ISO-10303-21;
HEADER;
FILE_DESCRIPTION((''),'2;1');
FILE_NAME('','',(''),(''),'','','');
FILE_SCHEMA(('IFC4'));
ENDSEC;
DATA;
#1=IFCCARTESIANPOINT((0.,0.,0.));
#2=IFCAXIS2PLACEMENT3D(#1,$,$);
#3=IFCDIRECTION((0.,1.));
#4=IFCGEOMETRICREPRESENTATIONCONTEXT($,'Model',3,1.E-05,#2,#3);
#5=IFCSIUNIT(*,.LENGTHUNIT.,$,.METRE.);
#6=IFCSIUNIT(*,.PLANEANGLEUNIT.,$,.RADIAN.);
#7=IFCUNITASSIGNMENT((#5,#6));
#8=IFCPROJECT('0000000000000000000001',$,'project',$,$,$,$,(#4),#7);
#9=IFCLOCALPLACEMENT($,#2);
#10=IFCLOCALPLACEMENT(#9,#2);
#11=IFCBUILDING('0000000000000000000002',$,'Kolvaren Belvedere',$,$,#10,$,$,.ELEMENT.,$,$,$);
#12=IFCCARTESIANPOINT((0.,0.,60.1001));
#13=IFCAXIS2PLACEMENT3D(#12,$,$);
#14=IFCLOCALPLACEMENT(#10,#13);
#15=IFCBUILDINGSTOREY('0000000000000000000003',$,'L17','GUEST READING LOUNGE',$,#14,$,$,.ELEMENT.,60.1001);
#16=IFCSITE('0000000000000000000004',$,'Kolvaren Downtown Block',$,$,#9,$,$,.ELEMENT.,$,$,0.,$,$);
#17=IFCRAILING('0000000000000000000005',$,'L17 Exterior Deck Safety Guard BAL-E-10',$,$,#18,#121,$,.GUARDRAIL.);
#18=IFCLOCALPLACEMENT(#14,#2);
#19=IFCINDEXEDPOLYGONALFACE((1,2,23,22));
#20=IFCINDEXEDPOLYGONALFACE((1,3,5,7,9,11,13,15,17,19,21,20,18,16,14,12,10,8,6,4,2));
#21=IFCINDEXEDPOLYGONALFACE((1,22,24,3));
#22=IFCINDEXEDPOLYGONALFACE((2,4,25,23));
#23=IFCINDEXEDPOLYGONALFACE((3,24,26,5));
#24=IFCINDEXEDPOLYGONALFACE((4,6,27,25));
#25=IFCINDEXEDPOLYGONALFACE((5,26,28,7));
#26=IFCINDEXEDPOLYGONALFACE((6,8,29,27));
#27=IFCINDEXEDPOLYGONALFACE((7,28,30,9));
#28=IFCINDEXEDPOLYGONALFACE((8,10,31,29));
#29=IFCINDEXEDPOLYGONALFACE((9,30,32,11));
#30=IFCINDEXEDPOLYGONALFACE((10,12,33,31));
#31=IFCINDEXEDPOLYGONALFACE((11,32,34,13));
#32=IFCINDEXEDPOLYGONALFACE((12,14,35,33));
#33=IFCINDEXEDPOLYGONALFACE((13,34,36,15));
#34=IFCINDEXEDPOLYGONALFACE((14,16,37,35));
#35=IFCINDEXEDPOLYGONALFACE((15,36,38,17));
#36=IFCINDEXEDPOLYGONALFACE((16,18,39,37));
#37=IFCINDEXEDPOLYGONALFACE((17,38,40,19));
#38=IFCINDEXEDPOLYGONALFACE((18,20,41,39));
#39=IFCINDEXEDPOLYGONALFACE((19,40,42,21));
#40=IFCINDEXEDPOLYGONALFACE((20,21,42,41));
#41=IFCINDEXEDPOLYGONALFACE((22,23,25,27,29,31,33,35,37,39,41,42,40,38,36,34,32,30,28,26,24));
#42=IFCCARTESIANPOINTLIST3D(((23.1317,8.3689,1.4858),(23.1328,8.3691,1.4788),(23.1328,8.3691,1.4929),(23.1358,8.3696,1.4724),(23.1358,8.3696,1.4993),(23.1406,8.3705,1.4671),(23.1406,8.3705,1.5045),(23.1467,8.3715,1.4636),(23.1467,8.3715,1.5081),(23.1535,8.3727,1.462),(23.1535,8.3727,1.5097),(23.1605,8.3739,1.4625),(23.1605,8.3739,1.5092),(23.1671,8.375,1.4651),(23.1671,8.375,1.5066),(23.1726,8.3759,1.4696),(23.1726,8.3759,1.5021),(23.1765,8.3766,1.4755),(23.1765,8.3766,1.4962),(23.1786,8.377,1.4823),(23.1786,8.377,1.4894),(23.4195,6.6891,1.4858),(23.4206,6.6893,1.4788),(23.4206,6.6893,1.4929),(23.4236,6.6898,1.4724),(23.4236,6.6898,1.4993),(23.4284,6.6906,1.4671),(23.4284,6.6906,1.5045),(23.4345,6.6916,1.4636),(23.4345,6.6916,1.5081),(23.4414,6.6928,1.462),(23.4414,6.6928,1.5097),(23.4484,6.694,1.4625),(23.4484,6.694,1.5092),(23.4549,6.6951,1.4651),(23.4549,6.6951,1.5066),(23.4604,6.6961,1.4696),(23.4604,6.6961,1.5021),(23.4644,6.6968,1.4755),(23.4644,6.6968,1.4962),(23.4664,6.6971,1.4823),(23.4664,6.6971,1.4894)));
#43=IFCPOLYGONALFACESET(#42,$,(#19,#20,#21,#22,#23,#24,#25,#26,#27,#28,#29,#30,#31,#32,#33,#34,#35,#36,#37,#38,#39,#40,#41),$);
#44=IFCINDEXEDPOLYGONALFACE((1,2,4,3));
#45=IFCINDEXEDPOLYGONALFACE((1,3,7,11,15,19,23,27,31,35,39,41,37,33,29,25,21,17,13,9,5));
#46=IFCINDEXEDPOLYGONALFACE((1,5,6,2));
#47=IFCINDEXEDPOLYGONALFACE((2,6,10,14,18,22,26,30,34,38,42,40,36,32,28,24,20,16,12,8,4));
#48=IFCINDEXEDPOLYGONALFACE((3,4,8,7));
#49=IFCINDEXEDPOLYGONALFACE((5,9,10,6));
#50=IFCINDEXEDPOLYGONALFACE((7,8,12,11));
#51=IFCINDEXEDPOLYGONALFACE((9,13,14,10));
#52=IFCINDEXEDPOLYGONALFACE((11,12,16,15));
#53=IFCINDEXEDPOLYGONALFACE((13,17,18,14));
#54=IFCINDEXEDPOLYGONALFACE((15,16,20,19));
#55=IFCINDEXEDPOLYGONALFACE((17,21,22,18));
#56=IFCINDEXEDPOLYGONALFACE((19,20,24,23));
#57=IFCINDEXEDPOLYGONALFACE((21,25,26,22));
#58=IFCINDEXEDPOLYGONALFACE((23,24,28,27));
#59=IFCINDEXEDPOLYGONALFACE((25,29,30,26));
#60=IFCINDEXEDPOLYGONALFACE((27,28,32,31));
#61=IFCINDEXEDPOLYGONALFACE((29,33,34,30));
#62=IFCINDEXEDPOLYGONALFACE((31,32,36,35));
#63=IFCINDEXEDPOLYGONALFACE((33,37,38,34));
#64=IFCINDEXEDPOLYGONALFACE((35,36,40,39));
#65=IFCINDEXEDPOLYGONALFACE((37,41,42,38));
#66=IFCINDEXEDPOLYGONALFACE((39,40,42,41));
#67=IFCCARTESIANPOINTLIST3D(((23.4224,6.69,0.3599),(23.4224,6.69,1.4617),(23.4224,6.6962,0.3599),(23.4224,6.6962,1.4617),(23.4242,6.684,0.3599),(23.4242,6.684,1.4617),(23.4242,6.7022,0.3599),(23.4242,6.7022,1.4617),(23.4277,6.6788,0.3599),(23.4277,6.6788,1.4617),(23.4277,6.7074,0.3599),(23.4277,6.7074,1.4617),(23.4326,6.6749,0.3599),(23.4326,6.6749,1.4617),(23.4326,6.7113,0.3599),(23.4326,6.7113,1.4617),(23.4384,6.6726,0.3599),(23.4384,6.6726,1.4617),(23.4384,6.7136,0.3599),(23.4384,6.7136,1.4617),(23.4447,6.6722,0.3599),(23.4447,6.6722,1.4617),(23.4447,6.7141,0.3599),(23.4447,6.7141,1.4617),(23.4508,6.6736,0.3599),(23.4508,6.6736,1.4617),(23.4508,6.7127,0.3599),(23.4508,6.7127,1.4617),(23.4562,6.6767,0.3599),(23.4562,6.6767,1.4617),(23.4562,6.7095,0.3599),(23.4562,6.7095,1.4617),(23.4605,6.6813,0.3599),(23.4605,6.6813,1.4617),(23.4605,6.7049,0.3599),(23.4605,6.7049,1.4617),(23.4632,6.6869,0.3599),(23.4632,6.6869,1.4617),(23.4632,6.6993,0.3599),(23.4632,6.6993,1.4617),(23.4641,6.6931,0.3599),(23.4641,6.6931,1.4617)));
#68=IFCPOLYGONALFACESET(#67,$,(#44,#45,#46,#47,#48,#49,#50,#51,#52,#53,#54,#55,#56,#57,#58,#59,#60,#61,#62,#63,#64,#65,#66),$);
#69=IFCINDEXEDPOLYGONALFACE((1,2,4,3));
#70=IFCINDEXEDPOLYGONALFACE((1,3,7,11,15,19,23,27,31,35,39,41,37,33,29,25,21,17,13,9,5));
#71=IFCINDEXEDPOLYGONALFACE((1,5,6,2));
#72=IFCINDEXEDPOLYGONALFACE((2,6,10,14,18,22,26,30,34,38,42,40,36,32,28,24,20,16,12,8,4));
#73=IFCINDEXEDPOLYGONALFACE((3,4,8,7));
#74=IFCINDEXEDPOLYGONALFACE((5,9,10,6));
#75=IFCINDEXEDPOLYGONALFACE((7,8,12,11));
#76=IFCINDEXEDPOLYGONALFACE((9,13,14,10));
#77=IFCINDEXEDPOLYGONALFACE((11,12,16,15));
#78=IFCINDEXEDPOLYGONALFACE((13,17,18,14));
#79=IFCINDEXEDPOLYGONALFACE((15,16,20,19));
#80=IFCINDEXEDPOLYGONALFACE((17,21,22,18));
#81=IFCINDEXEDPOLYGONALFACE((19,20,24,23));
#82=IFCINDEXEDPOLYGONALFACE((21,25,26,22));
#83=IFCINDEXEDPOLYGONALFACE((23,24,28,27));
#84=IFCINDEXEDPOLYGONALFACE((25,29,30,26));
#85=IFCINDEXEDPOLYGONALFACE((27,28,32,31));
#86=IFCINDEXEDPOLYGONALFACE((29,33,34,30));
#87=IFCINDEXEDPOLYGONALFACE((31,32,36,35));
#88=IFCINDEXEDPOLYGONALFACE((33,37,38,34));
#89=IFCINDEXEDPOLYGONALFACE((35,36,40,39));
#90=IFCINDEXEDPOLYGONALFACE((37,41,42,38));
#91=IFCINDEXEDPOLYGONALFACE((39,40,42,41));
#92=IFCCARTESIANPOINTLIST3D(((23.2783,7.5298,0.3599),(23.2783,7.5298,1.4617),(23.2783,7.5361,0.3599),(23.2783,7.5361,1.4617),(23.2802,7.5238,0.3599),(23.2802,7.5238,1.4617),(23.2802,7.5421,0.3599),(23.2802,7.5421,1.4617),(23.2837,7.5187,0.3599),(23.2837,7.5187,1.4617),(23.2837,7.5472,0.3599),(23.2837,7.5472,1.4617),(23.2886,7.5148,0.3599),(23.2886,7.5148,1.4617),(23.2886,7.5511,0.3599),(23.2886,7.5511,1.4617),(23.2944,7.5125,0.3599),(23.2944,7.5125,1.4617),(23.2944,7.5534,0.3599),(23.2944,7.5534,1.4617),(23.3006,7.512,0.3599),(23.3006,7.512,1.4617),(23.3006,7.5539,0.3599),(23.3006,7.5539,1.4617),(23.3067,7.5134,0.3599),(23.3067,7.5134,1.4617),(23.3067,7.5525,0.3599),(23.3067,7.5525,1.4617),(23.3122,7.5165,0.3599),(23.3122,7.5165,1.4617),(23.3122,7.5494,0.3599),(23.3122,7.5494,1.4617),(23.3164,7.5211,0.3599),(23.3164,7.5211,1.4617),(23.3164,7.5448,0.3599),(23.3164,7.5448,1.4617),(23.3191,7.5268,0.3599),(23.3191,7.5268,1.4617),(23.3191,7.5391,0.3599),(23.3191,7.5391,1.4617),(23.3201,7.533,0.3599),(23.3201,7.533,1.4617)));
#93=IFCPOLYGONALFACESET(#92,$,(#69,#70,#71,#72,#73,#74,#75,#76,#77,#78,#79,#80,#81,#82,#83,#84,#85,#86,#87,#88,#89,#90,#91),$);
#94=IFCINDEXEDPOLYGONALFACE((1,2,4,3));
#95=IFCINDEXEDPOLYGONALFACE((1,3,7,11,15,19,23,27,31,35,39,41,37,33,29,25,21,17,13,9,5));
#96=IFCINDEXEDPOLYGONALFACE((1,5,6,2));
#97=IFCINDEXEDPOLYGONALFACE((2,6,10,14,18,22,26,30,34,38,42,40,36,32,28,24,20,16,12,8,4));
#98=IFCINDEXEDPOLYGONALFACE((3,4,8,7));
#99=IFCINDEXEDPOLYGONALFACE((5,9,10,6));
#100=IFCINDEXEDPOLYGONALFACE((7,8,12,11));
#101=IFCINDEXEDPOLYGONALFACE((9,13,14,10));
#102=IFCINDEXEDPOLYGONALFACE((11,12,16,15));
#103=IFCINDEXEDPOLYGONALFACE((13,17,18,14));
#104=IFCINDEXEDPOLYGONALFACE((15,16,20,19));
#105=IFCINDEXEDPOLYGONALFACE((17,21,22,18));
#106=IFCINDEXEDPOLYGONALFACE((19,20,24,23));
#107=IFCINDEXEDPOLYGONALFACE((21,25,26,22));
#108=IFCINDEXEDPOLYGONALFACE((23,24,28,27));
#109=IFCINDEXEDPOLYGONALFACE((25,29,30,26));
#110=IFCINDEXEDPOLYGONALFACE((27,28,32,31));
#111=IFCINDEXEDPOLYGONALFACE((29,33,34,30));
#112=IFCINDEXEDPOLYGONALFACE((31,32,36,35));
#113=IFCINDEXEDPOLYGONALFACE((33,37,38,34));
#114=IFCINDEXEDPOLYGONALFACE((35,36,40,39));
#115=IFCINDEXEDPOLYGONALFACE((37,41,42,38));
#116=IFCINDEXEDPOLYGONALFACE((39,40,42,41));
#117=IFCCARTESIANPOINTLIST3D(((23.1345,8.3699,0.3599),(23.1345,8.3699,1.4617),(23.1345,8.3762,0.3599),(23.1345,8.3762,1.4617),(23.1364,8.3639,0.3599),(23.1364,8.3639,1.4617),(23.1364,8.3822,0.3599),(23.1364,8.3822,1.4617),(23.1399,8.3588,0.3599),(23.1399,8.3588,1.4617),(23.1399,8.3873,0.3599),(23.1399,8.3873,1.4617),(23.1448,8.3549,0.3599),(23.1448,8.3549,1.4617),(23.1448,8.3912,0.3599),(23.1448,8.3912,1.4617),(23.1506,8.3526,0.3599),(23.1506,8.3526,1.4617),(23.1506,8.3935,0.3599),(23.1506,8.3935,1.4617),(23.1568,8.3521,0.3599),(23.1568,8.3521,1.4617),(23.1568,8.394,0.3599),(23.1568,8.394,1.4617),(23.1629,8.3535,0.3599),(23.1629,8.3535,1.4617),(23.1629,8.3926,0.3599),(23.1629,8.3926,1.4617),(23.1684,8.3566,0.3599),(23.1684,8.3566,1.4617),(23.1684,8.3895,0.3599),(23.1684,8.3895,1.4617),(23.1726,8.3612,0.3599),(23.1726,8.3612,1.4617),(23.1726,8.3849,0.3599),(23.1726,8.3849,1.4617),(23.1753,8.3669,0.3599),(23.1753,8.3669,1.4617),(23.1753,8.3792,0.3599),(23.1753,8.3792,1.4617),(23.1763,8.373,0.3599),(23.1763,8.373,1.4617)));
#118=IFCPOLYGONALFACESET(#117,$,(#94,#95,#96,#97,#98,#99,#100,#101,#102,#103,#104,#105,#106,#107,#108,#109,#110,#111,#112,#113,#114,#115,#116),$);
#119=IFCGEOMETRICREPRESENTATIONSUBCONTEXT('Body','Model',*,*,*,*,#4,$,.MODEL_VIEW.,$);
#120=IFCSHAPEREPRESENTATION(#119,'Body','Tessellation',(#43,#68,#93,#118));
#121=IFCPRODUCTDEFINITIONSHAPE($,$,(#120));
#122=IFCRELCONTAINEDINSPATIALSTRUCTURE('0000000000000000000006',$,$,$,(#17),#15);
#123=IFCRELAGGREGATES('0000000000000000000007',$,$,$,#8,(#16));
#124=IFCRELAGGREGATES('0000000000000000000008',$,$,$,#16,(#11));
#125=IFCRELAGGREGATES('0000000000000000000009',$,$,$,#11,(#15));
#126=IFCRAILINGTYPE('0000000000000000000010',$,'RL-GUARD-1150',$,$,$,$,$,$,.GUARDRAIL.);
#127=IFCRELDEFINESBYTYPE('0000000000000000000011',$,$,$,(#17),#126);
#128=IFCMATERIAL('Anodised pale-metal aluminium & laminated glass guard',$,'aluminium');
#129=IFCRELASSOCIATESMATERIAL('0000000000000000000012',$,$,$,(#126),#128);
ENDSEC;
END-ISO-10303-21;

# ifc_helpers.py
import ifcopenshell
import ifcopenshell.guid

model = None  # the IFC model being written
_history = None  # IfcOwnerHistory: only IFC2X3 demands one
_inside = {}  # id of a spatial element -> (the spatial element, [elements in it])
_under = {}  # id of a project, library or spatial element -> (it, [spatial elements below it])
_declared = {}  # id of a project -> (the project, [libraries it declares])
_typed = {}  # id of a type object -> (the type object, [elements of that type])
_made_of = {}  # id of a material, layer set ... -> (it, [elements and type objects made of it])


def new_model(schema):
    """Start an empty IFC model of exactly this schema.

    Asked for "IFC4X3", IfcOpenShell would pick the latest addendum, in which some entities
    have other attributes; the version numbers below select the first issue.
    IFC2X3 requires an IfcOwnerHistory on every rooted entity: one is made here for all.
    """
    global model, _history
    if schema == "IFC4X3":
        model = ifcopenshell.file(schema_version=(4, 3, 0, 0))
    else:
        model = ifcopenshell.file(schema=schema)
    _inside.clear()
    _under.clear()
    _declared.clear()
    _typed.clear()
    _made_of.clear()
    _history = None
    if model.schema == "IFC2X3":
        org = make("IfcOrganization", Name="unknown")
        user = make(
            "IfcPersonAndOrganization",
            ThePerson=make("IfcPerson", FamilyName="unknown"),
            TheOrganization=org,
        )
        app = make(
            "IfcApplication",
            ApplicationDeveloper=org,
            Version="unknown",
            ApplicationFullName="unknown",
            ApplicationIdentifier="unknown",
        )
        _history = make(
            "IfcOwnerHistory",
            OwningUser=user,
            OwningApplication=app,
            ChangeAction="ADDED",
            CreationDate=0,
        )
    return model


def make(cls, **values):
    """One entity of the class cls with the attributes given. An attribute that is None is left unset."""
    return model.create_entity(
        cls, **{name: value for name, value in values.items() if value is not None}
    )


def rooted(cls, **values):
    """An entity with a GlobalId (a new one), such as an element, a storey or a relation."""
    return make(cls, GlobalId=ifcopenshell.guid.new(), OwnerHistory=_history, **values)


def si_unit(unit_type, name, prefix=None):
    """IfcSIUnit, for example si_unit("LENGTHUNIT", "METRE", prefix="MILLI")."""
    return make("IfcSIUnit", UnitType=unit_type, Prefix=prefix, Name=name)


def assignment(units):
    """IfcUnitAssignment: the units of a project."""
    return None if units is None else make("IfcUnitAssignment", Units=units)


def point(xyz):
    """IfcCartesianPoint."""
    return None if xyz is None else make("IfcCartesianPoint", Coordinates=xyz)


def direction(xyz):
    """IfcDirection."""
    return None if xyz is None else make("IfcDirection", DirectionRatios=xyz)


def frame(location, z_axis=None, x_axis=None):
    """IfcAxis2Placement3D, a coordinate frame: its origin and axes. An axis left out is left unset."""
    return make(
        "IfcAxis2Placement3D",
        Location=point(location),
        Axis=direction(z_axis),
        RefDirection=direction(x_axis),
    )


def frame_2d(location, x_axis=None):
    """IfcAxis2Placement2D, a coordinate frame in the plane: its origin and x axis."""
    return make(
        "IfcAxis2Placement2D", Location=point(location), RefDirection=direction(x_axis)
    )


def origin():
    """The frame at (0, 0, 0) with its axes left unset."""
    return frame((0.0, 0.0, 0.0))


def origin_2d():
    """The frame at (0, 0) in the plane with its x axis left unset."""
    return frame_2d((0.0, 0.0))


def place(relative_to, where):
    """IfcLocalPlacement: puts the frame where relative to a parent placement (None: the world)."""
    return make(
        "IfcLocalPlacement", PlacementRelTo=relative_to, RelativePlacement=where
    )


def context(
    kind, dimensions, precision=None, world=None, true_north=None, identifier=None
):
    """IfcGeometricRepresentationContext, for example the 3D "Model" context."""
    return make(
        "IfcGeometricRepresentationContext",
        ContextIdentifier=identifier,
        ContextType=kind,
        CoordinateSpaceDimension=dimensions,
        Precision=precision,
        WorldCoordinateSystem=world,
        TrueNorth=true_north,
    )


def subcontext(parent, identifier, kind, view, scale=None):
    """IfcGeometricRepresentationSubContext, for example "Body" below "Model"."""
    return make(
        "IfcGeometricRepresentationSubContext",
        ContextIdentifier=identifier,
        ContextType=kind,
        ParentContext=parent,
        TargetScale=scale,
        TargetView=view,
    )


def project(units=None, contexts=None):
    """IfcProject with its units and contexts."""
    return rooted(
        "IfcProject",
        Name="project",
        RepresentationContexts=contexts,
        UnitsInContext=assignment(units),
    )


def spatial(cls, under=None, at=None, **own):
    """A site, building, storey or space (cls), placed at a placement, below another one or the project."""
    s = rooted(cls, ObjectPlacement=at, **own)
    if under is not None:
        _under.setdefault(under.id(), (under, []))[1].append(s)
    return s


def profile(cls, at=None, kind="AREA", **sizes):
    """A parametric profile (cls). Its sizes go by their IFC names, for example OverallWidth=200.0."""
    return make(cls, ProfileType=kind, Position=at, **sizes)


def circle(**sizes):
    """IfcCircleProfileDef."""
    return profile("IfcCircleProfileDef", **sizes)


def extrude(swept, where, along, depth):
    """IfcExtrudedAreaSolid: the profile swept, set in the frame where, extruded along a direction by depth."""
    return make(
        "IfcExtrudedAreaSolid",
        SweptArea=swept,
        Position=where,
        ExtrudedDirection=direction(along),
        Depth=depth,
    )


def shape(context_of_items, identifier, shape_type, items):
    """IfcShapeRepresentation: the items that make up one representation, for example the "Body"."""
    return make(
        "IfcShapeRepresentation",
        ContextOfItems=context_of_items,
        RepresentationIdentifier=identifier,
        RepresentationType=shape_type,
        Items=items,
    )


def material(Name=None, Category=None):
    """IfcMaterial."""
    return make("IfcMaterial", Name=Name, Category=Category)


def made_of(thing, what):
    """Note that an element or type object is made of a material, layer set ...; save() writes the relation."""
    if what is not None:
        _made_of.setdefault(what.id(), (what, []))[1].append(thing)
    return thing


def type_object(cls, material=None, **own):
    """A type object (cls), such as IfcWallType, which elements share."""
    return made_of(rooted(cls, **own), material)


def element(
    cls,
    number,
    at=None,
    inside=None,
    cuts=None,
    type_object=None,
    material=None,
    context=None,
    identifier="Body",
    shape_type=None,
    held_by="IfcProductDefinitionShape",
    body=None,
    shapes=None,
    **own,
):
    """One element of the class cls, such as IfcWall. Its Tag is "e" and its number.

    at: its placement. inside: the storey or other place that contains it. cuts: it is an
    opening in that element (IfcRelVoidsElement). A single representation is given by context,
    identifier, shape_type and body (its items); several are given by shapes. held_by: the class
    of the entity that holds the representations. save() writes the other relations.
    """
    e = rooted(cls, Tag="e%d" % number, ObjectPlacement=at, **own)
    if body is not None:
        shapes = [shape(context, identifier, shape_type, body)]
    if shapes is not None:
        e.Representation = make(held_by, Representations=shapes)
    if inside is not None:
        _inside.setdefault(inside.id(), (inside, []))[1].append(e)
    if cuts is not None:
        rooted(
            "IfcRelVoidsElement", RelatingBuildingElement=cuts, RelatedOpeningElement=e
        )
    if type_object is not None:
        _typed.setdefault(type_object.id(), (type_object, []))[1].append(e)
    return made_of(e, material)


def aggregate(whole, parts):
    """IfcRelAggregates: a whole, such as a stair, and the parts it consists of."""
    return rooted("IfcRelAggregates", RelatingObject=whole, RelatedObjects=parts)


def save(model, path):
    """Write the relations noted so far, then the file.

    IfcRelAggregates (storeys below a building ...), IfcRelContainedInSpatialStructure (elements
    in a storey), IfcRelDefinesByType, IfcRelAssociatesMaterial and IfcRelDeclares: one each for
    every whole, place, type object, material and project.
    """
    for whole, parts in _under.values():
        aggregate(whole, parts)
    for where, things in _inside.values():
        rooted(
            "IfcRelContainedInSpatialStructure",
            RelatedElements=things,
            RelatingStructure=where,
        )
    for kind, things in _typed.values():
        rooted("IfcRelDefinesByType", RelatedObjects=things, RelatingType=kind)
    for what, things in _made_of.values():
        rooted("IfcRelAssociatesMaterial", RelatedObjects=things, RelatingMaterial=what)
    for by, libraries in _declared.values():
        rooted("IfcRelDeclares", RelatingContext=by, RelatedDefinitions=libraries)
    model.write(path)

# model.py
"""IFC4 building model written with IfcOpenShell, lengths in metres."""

from ifc_helpers import new_model, si_unit, direction, frame, origin, origin_2d, place, context, subcontext, project, spatial, circle, extrude, material, type_object, element, save


model = new_model("IFC4")

# Units and contexts
model_context = context("Model", 3, precision=1e-05, world=origin(), true_north=direction((0.0, 1.0)))
body_context = subcontext(model_context, "Body", "Model", "MODEL_VIEW")
ifc_project = project(units=[si_unit("LENGTHUNIT", "METRE"), si_unit("PLANEANGLEUNIT", "RADIAN")], contexts=[model_context])

# Site, building, storey
site_placement = place(None, origin())
site = spatial("IfcSite", under=ifc_project, at=site_placement, Name="Kolvaren Downtown Block", CompositionType="ELEMENT", RefElevation=0.0)
building_placement = place(site_placement, origin())
building = spatial("IfcBuilding", under=site, at=building_placement, Name="Kolvaren Belvedere", CompositionType="ELEMENT")
storey_placement = place(building_placement, frame((0.0, 0.0, 60.1001)))
storey = spatial("IfcBuildingStorey", under=building, at=storey_placement, Name="L17", Description="GUEST READING LOUNGE", CompositionType="ELEMENT", Elevation=60.1001)

# Railing
ifc_material_1 = material(Name="Anodised pale-metal aluminium & laminated glass guard", Category="aluminium")
railing_type = type_object("IfcRailingType", Name="RL-GUARD-1150", PredefinedType="GUARDRAIL", material=ifc_material_1)
railing_1_placement = place(storey_placement, frame((23.4431, 6.6931, 0.3599)))
element("IfcRailing", 1, at=railing_1_placement, inside=storey, type_object=railing_type, Name="L17 Exterior Deck Safety Guard BAL-E-10", PredefinedType="GUARDRAIL", context=body_context, shape_type="SweptSolid", body=[
    extrude(circle(Radius=0.0239, at=origin_2d()), frame((0.0, 0.0, 1.126), z_axis=(-0.16888, 0.985637, 0.0), x_axis=(-0.985637, -0.16888, 0.0)), (0.0, 0.0, 1.0), 1.7043),
    extrude(circle(Radius=0.021, at=origin_2d()), origin(), (0.0, 0.0, 1.0), 1.1018),
    extrude(circle(Radius=0.021, at=origin_2d()), frame((-0.144, 0.8398, 0.0)), (0.0, 0.0, 1.0), 1.1018),
    extrude(circle(Radius=0.021, at=origin_2d()), frame((-0.2878, 1.6799, 0.0)), (0.0, 0.0, 1.0), 1.1018),
])

save(model, "model.ifc")
